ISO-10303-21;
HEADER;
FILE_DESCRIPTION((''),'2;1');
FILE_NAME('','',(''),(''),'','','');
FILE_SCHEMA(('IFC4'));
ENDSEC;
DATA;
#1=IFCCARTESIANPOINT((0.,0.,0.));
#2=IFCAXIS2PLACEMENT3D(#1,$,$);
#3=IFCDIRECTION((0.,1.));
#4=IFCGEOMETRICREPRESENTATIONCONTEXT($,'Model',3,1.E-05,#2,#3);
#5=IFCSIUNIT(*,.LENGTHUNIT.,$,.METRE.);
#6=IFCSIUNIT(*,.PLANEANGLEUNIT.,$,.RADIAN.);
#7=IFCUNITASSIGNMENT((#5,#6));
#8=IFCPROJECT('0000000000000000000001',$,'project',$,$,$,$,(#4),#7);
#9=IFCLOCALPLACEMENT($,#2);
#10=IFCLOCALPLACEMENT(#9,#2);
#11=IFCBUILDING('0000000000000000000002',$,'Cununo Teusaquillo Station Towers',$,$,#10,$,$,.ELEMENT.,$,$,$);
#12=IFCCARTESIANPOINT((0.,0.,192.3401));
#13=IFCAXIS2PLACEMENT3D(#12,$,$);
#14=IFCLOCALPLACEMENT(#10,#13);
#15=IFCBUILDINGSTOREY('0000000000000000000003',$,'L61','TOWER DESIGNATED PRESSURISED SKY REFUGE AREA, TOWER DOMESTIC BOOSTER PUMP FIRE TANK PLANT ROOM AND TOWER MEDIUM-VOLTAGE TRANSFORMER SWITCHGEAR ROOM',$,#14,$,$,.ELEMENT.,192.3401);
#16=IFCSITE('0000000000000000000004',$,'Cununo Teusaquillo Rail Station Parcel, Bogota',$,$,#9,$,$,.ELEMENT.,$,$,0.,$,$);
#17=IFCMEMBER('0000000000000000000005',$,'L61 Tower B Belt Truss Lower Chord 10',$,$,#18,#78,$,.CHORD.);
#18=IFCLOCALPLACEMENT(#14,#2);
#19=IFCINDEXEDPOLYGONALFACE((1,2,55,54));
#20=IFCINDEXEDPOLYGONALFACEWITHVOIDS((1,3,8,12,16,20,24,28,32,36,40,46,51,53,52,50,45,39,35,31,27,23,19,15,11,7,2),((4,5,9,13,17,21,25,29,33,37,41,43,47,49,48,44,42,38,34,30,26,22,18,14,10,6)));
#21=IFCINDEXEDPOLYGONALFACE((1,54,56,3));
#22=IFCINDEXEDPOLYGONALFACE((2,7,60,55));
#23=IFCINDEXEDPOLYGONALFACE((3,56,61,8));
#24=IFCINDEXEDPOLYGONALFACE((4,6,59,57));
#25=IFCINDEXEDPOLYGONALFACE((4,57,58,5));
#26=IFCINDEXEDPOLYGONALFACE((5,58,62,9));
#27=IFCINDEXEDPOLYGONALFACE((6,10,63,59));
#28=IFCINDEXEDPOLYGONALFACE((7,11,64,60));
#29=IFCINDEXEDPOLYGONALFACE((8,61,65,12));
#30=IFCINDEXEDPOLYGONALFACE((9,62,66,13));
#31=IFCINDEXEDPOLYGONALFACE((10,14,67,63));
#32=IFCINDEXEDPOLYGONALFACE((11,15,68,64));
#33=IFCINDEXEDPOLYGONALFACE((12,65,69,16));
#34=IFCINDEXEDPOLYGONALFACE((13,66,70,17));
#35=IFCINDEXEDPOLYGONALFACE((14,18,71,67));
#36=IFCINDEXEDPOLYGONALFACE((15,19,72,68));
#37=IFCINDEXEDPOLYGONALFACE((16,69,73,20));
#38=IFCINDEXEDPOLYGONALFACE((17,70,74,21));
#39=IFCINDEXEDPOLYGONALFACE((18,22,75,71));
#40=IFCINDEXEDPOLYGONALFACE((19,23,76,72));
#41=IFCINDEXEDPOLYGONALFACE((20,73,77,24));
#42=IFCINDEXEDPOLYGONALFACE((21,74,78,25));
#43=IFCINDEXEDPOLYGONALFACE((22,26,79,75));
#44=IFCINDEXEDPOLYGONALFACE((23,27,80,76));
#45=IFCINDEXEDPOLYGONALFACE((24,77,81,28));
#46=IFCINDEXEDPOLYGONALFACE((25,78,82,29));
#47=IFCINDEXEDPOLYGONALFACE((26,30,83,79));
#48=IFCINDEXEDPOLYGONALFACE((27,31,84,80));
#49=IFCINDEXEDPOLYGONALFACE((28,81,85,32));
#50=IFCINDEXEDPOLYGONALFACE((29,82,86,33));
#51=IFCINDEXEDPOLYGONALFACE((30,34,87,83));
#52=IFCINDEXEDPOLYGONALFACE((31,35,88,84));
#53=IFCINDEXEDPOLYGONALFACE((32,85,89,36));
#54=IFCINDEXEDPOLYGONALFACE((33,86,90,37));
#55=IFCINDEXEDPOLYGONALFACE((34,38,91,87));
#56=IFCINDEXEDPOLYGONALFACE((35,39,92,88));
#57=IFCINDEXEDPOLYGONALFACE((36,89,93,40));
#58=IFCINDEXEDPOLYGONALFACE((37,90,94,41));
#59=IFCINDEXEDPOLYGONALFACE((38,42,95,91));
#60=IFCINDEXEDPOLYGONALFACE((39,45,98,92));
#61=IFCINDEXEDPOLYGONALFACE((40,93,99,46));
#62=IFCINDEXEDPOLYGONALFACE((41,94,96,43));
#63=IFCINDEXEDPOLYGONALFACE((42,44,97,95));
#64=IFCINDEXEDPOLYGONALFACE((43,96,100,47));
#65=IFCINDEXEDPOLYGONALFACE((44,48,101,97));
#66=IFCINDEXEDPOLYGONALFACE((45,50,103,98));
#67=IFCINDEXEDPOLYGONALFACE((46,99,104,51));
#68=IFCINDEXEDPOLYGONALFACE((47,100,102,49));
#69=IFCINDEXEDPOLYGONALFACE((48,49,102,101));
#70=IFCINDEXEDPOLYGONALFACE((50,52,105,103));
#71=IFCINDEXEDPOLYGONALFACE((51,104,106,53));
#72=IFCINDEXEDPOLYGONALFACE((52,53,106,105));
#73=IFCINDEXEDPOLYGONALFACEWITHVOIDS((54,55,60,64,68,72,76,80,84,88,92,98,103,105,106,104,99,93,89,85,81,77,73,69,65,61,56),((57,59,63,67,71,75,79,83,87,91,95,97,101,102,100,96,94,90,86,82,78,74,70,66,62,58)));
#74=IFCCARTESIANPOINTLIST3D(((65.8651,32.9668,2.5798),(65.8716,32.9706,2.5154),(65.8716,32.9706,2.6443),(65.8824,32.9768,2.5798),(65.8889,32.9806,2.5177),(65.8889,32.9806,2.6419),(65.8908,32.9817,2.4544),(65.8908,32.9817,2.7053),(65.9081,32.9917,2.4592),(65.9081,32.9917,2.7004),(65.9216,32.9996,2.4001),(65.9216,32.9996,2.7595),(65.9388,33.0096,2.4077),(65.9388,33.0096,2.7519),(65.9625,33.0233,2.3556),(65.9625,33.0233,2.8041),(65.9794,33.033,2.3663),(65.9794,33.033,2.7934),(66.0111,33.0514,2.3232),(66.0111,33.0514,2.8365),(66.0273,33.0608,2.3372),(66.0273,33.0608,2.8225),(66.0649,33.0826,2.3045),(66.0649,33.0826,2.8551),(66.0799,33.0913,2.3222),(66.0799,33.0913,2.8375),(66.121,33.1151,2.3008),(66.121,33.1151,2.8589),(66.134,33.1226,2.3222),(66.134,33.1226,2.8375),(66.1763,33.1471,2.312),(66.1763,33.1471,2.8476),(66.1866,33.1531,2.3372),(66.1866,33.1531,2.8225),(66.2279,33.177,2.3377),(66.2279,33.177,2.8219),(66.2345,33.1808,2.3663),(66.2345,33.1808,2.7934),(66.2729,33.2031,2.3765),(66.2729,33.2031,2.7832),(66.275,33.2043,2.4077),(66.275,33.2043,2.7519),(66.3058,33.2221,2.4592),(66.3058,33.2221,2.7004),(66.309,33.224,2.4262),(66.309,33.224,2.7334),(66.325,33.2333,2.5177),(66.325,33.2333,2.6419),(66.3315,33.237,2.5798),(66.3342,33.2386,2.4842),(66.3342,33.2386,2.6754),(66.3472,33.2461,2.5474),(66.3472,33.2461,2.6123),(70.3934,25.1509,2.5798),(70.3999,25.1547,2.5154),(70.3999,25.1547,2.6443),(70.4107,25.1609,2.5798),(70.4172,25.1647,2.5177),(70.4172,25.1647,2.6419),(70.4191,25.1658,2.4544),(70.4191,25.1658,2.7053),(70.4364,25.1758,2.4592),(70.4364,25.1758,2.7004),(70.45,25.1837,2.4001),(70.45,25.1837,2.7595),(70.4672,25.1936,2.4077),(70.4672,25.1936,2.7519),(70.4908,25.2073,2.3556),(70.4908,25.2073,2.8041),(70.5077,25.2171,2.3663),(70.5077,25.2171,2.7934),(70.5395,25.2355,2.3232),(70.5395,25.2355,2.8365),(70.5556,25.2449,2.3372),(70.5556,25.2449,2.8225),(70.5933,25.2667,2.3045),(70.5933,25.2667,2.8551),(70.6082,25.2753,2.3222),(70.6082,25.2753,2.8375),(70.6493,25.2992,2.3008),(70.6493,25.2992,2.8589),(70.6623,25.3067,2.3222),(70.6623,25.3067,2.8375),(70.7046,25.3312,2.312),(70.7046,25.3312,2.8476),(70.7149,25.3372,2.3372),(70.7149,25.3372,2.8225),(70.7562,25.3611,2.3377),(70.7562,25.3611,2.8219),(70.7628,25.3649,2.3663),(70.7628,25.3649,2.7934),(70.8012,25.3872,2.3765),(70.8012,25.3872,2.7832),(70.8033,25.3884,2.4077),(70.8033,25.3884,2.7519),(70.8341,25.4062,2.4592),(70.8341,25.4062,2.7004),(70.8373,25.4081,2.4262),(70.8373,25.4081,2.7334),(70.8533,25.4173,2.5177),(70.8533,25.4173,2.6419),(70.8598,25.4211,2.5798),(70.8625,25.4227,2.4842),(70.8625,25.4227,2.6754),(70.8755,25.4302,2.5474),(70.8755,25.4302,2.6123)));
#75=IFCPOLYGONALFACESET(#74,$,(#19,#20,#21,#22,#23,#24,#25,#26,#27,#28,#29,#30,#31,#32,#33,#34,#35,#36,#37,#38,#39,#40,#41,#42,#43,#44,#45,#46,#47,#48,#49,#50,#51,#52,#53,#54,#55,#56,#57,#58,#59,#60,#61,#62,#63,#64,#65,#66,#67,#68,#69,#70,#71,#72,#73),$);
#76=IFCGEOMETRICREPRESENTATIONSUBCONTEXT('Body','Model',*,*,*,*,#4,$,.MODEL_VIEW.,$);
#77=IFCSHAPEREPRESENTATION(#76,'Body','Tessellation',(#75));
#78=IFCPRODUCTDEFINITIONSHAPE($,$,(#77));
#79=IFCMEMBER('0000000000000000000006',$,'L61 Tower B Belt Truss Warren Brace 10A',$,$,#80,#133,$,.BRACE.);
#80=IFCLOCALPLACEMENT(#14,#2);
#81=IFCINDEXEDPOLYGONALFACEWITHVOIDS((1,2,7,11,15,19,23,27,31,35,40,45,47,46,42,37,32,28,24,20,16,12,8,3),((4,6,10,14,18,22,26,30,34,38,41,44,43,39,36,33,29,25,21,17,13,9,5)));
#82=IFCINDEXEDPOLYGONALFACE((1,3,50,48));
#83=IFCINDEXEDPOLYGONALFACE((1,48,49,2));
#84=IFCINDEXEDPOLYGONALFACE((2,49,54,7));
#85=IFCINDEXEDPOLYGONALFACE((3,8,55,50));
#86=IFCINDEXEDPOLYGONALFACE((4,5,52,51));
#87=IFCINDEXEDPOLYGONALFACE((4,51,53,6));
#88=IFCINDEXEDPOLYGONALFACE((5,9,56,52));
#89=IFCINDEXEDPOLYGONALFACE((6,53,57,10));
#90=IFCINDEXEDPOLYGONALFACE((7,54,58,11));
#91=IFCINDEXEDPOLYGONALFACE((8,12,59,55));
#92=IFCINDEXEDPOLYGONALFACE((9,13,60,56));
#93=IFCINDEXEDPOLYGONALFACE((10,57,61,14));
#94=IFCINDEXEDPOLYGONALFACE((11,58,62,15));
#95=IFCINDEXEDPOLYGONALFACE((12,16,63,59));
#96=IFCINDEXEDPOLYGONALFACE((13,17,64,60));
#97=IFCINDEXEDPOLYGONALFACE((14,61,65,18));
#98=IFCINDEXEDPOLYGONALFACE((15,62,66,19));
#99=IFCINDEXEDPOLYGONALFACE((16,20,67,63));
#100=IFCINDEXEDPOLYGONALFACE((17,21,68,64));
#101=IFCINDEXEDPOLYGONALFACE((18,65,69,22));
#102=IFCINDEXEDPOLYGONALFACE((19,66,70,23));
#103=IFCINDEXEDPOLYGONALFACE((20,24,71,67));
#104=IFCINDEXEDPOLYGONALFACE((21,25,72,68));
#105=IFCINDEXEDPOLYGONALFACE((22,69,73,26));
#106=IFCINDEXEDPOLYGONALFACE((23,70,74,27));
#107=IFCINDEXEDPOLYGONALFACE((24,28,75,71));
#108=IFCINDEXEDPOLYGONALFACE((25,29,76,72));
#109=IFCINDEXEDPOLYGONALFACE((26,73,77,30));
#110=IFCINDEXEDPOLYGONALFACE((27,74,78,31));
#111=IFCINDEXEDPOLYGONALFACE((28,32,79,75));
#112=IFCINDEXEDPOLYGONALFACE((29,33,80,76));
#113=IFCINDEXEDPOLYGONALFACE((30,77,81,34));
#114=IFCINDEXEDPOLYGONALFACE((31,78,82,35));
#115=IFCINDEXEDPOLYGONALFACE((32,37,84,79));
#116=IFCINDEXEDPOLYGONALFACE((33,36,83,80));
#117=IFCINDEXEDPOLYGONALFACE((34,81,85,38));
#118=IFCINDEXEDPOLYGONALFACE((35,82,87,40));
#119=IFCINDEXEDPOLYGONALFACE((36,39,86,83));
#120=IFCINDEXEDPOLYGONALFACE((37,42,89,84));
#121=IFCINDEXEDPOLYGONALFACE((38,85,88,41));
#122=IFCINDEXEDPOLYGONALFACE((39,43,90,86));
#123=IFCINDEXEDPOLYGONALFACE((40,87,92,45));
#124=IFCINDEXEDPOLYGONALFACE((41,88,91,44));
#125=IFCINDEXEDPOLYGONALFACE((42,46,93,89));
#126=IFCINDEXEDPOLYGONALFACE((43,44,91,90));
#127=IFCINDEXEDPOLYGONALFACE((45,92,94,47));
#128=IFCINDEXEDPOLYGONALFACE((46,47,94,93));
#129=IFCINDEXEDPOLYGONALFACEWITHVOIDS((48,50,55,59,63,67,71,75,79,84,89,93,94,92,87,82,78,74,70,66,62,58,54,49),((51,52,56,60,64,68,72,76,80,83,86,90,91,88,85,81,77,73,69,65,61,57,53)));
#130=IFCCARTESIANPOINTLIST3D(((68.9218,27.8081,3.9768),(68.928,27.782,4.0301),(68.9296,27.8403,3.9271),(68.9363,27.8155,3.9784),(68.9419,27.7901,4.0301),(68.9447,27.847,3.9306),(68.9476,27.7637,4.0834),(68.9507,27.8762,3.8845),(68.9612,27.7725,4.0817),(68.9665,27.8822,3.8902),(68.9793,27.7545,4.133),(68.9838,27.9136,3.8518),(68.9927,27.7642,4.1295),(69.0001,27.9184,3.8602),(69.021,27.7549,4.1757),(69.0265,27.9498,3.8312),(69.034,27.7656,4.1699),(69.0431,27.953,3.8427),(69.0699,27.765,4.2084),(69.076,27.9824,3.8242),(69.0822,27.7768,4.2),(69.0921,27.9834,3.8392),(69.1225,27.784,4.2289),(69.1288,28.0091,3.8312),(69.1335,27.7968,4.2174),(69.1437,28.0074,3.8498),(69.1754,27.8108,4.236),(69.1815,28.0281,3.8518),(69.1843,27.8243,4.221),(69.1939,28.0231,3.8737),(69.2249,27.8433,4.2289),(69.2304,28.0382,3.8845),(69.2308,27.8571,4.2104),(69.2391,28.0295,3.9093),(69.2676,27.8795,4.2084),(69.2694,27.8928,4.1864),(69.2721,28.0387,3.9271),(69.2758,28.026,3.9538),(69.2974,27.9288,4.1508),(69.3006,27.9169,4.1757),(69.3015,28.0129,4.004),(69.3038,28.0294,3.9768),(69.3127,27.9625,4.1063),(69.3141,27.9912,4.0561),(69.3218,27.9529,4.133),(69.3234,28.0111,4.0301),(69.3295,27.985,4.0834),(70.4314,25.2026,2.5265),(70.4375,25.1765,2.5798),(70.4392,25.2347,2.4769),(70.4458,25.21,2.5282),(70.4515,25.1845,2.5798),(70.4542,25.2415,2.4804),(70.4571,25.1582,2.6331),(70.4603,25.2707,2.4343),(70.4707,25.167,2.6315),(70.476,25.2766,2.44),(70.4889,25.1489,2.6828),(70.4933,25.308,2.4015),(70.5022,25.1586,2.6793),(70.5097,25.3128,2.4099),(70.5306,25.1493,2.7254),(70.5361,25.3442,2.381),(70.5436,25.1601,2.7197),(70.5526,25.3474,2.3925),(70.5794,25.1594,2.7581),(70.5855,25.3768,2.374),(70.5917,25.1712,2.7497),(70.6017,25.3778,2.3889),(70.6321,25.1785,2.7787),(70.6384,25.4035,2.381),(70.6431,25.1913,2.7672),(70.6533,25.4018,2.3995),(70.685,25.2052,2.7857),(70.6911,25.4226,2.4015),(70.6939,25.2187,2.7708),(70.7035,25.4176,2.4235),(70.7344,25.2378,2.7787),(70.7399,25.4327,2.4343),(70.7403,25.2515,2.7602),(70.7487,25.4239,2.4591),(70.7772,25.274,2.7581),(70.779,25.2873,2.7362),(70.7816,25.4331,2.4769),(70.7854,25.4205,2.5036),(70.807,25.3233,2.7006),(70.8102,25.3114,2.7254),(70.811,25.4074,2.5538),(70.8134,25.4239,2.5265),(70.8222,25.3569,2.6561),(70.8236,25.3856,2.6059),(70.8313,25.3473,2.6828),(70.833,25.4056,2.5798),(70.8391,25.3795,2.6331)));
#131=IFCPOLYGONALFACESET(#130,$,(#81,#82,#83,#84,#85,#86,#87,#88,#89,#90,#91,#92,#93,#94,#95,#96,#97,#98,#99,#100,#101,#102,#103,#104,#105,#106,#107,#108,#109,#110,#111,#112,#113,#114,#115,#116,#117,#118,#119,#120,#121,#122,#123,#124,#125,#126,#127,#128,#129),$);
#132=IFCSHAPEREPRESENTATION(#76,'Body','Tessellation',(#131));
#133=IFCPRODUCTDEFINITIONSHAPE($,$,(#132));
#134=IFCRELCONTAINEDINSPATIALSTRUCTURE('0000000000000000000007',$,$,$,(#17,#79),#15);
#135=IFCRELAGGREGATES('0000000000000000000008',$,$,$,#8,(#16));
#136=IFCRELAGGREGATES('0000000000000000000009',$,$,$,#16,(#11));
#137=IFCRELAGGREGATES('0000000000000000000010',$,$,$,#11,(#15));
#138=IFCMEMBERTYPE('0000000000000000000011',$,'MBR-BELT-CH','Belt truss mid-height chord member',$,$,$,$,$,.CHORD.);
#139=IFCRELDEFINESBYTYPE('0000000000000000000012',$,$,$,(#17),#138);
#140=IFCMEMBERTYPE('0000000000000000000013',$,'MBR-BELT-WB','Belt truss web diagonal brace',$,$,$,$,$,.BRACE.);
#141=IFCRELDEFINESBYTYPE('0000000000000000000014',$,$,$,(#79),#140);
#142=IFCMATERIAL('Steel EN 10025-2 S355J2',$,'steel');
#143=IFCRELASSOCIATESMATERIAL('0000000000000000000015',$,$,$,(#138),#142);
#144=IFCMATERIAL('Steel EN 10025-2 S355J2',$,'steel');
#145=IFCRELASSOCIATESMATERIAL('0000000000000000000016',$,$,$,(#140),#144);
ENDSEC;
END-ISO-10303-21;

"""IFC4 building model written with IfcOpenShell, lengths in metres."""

from ifc_helpers import new_model, si_unit, direction, frame, origin, origin_2d, place, context, subcontext, project, spatial, hollow_circle, extrude, material, material_profile, profile_set, type_object, element, save


model = new_model("IFC4")

# Units and contexts
model_context = context("Model", 3, precision=1e-05, world=origin(), true_north=direction((0.0, 1.0)))
body_context = subcontext(model_context, "Body", "Model", "MODEL_VIEW")
ifc_project = project(units=[si_unit("LENGTHUNIT", "METRE"), si_unit("PLANEANGLEUNIT", "RADIAN")], contexts=[model_context])

# Site, building, storey
site_placement = place(None, origin())
site = spatial("IfcSite", under=ifc_project, at=site_placement, Name="Cununo Teusaquillo Rail Station Parcel, Bogota", CompositionType="ELEMENT", RefElevation=0.0)
building_placement = place(site_placement, origin())
building = spatial("IfcBuilding", under=site, at=building_placement, Name="Cununo Teusaquillo Station Towers", CompositionType="ELEMENT")
storey_placement = place(building_placement, frame((0.0, 0.0, 192.3401)))
storey = spatial("IfcBuildingStorey", under=building, at=storey_placement, Name="L61", Description="TOWER DESIGNATED PRESSURISED SKY REFUGE AREA, TOWER DOMESTIC BOOSTER PUMP FIRE TANK PLANT ROOM AND TOWER MEDIUM-VOLTAGE TRANSFORMER SWITCHGEAR ROOM", CompositionType="ELEMENT", Elevation=192.3401)

# Members
ifc_material_1 = material(Name="Steel EN 10025-2 S355J2", Category="steel")
ifc_material_profile_1 = material_profile(ifc_material_1, hollow_circle(Radius=0.2795, WallThickness=0.02, at=origin_2d()), Name="CHS 559x20")
ifc_profile_set_1 = profile_set([ifc_material_profile_1], Name="Steel EN 10025-2 S355J2")
member_type_1 = type_object("IfcMemberType", Name="MBR-BELT-CH", Description="Belt truss mid-height chord member", PredefinedType="CHORD", material=ifc_profile_set_1)
member_1_placement = place(storey_placement, frame((70.6353, 25.291, 2.5798), z_axis=(-0.501311, 0.865267, 0.0), x_axis=(-0.865267, -0.501311, 0.0)))
element("IfcMember", 1, at=member_1_placement, inside=storey, type_object=member_type_1, Name="L61 Tower B Belt Truss Lower Chord 10", PredefinedType="CHORD", context=body_context, shape_type="SweptSolid", body=[
    extrude(hollow_circle(Radius=0.2795, WallThickness=0.02, at=origin_2d()), origin(), (0.0, 0.0, 1.0), 9.033),
])
ifc_material_2 = material(Name="Steel EN 10025-2 S355J2", Category="steel")
ifc_material_profile_2 = material_profile(ifc_material_2, hollow_circle(Radius=0.2285, WallThickness=0.0161, at=origin_2d()), Name="CHS 457x16")
ifc_profile_set_2 = profile_set([ifc_material_profile_2], Name="Steel EN 10025-2 S355J2")
member_type_2 = type_object("IfcMemberType", Name="MBR-BELT-WB", Description="Belt truss web diagonal brace", PredefinedType="BRACE", material=ifc_profile_set_2)
member_2_placement = place(storey_placement, frame((70.6353, 25.291, 2.5798), z_axis=(-0.451657, 0.779571, 0.433907), x_axis=(-0.865269, -0.501308, 0.0)))
element("IfcMember", 2, at=member_2_placement, inside=storey, type_object=member_type_2, Name="L61 Tower B Belt Truss Warren Brace 10A", PredefinedType="BRACE", context=body_context, shape_type="SweptSolid", body=[
    extrude(hollow_circle(Radius=0.2285, WallThickness=0.0161, at=origin_2d()), origin(), (0.0, 0.0, 1.0), 3.3423),
])

save(model, "model.ifc")
